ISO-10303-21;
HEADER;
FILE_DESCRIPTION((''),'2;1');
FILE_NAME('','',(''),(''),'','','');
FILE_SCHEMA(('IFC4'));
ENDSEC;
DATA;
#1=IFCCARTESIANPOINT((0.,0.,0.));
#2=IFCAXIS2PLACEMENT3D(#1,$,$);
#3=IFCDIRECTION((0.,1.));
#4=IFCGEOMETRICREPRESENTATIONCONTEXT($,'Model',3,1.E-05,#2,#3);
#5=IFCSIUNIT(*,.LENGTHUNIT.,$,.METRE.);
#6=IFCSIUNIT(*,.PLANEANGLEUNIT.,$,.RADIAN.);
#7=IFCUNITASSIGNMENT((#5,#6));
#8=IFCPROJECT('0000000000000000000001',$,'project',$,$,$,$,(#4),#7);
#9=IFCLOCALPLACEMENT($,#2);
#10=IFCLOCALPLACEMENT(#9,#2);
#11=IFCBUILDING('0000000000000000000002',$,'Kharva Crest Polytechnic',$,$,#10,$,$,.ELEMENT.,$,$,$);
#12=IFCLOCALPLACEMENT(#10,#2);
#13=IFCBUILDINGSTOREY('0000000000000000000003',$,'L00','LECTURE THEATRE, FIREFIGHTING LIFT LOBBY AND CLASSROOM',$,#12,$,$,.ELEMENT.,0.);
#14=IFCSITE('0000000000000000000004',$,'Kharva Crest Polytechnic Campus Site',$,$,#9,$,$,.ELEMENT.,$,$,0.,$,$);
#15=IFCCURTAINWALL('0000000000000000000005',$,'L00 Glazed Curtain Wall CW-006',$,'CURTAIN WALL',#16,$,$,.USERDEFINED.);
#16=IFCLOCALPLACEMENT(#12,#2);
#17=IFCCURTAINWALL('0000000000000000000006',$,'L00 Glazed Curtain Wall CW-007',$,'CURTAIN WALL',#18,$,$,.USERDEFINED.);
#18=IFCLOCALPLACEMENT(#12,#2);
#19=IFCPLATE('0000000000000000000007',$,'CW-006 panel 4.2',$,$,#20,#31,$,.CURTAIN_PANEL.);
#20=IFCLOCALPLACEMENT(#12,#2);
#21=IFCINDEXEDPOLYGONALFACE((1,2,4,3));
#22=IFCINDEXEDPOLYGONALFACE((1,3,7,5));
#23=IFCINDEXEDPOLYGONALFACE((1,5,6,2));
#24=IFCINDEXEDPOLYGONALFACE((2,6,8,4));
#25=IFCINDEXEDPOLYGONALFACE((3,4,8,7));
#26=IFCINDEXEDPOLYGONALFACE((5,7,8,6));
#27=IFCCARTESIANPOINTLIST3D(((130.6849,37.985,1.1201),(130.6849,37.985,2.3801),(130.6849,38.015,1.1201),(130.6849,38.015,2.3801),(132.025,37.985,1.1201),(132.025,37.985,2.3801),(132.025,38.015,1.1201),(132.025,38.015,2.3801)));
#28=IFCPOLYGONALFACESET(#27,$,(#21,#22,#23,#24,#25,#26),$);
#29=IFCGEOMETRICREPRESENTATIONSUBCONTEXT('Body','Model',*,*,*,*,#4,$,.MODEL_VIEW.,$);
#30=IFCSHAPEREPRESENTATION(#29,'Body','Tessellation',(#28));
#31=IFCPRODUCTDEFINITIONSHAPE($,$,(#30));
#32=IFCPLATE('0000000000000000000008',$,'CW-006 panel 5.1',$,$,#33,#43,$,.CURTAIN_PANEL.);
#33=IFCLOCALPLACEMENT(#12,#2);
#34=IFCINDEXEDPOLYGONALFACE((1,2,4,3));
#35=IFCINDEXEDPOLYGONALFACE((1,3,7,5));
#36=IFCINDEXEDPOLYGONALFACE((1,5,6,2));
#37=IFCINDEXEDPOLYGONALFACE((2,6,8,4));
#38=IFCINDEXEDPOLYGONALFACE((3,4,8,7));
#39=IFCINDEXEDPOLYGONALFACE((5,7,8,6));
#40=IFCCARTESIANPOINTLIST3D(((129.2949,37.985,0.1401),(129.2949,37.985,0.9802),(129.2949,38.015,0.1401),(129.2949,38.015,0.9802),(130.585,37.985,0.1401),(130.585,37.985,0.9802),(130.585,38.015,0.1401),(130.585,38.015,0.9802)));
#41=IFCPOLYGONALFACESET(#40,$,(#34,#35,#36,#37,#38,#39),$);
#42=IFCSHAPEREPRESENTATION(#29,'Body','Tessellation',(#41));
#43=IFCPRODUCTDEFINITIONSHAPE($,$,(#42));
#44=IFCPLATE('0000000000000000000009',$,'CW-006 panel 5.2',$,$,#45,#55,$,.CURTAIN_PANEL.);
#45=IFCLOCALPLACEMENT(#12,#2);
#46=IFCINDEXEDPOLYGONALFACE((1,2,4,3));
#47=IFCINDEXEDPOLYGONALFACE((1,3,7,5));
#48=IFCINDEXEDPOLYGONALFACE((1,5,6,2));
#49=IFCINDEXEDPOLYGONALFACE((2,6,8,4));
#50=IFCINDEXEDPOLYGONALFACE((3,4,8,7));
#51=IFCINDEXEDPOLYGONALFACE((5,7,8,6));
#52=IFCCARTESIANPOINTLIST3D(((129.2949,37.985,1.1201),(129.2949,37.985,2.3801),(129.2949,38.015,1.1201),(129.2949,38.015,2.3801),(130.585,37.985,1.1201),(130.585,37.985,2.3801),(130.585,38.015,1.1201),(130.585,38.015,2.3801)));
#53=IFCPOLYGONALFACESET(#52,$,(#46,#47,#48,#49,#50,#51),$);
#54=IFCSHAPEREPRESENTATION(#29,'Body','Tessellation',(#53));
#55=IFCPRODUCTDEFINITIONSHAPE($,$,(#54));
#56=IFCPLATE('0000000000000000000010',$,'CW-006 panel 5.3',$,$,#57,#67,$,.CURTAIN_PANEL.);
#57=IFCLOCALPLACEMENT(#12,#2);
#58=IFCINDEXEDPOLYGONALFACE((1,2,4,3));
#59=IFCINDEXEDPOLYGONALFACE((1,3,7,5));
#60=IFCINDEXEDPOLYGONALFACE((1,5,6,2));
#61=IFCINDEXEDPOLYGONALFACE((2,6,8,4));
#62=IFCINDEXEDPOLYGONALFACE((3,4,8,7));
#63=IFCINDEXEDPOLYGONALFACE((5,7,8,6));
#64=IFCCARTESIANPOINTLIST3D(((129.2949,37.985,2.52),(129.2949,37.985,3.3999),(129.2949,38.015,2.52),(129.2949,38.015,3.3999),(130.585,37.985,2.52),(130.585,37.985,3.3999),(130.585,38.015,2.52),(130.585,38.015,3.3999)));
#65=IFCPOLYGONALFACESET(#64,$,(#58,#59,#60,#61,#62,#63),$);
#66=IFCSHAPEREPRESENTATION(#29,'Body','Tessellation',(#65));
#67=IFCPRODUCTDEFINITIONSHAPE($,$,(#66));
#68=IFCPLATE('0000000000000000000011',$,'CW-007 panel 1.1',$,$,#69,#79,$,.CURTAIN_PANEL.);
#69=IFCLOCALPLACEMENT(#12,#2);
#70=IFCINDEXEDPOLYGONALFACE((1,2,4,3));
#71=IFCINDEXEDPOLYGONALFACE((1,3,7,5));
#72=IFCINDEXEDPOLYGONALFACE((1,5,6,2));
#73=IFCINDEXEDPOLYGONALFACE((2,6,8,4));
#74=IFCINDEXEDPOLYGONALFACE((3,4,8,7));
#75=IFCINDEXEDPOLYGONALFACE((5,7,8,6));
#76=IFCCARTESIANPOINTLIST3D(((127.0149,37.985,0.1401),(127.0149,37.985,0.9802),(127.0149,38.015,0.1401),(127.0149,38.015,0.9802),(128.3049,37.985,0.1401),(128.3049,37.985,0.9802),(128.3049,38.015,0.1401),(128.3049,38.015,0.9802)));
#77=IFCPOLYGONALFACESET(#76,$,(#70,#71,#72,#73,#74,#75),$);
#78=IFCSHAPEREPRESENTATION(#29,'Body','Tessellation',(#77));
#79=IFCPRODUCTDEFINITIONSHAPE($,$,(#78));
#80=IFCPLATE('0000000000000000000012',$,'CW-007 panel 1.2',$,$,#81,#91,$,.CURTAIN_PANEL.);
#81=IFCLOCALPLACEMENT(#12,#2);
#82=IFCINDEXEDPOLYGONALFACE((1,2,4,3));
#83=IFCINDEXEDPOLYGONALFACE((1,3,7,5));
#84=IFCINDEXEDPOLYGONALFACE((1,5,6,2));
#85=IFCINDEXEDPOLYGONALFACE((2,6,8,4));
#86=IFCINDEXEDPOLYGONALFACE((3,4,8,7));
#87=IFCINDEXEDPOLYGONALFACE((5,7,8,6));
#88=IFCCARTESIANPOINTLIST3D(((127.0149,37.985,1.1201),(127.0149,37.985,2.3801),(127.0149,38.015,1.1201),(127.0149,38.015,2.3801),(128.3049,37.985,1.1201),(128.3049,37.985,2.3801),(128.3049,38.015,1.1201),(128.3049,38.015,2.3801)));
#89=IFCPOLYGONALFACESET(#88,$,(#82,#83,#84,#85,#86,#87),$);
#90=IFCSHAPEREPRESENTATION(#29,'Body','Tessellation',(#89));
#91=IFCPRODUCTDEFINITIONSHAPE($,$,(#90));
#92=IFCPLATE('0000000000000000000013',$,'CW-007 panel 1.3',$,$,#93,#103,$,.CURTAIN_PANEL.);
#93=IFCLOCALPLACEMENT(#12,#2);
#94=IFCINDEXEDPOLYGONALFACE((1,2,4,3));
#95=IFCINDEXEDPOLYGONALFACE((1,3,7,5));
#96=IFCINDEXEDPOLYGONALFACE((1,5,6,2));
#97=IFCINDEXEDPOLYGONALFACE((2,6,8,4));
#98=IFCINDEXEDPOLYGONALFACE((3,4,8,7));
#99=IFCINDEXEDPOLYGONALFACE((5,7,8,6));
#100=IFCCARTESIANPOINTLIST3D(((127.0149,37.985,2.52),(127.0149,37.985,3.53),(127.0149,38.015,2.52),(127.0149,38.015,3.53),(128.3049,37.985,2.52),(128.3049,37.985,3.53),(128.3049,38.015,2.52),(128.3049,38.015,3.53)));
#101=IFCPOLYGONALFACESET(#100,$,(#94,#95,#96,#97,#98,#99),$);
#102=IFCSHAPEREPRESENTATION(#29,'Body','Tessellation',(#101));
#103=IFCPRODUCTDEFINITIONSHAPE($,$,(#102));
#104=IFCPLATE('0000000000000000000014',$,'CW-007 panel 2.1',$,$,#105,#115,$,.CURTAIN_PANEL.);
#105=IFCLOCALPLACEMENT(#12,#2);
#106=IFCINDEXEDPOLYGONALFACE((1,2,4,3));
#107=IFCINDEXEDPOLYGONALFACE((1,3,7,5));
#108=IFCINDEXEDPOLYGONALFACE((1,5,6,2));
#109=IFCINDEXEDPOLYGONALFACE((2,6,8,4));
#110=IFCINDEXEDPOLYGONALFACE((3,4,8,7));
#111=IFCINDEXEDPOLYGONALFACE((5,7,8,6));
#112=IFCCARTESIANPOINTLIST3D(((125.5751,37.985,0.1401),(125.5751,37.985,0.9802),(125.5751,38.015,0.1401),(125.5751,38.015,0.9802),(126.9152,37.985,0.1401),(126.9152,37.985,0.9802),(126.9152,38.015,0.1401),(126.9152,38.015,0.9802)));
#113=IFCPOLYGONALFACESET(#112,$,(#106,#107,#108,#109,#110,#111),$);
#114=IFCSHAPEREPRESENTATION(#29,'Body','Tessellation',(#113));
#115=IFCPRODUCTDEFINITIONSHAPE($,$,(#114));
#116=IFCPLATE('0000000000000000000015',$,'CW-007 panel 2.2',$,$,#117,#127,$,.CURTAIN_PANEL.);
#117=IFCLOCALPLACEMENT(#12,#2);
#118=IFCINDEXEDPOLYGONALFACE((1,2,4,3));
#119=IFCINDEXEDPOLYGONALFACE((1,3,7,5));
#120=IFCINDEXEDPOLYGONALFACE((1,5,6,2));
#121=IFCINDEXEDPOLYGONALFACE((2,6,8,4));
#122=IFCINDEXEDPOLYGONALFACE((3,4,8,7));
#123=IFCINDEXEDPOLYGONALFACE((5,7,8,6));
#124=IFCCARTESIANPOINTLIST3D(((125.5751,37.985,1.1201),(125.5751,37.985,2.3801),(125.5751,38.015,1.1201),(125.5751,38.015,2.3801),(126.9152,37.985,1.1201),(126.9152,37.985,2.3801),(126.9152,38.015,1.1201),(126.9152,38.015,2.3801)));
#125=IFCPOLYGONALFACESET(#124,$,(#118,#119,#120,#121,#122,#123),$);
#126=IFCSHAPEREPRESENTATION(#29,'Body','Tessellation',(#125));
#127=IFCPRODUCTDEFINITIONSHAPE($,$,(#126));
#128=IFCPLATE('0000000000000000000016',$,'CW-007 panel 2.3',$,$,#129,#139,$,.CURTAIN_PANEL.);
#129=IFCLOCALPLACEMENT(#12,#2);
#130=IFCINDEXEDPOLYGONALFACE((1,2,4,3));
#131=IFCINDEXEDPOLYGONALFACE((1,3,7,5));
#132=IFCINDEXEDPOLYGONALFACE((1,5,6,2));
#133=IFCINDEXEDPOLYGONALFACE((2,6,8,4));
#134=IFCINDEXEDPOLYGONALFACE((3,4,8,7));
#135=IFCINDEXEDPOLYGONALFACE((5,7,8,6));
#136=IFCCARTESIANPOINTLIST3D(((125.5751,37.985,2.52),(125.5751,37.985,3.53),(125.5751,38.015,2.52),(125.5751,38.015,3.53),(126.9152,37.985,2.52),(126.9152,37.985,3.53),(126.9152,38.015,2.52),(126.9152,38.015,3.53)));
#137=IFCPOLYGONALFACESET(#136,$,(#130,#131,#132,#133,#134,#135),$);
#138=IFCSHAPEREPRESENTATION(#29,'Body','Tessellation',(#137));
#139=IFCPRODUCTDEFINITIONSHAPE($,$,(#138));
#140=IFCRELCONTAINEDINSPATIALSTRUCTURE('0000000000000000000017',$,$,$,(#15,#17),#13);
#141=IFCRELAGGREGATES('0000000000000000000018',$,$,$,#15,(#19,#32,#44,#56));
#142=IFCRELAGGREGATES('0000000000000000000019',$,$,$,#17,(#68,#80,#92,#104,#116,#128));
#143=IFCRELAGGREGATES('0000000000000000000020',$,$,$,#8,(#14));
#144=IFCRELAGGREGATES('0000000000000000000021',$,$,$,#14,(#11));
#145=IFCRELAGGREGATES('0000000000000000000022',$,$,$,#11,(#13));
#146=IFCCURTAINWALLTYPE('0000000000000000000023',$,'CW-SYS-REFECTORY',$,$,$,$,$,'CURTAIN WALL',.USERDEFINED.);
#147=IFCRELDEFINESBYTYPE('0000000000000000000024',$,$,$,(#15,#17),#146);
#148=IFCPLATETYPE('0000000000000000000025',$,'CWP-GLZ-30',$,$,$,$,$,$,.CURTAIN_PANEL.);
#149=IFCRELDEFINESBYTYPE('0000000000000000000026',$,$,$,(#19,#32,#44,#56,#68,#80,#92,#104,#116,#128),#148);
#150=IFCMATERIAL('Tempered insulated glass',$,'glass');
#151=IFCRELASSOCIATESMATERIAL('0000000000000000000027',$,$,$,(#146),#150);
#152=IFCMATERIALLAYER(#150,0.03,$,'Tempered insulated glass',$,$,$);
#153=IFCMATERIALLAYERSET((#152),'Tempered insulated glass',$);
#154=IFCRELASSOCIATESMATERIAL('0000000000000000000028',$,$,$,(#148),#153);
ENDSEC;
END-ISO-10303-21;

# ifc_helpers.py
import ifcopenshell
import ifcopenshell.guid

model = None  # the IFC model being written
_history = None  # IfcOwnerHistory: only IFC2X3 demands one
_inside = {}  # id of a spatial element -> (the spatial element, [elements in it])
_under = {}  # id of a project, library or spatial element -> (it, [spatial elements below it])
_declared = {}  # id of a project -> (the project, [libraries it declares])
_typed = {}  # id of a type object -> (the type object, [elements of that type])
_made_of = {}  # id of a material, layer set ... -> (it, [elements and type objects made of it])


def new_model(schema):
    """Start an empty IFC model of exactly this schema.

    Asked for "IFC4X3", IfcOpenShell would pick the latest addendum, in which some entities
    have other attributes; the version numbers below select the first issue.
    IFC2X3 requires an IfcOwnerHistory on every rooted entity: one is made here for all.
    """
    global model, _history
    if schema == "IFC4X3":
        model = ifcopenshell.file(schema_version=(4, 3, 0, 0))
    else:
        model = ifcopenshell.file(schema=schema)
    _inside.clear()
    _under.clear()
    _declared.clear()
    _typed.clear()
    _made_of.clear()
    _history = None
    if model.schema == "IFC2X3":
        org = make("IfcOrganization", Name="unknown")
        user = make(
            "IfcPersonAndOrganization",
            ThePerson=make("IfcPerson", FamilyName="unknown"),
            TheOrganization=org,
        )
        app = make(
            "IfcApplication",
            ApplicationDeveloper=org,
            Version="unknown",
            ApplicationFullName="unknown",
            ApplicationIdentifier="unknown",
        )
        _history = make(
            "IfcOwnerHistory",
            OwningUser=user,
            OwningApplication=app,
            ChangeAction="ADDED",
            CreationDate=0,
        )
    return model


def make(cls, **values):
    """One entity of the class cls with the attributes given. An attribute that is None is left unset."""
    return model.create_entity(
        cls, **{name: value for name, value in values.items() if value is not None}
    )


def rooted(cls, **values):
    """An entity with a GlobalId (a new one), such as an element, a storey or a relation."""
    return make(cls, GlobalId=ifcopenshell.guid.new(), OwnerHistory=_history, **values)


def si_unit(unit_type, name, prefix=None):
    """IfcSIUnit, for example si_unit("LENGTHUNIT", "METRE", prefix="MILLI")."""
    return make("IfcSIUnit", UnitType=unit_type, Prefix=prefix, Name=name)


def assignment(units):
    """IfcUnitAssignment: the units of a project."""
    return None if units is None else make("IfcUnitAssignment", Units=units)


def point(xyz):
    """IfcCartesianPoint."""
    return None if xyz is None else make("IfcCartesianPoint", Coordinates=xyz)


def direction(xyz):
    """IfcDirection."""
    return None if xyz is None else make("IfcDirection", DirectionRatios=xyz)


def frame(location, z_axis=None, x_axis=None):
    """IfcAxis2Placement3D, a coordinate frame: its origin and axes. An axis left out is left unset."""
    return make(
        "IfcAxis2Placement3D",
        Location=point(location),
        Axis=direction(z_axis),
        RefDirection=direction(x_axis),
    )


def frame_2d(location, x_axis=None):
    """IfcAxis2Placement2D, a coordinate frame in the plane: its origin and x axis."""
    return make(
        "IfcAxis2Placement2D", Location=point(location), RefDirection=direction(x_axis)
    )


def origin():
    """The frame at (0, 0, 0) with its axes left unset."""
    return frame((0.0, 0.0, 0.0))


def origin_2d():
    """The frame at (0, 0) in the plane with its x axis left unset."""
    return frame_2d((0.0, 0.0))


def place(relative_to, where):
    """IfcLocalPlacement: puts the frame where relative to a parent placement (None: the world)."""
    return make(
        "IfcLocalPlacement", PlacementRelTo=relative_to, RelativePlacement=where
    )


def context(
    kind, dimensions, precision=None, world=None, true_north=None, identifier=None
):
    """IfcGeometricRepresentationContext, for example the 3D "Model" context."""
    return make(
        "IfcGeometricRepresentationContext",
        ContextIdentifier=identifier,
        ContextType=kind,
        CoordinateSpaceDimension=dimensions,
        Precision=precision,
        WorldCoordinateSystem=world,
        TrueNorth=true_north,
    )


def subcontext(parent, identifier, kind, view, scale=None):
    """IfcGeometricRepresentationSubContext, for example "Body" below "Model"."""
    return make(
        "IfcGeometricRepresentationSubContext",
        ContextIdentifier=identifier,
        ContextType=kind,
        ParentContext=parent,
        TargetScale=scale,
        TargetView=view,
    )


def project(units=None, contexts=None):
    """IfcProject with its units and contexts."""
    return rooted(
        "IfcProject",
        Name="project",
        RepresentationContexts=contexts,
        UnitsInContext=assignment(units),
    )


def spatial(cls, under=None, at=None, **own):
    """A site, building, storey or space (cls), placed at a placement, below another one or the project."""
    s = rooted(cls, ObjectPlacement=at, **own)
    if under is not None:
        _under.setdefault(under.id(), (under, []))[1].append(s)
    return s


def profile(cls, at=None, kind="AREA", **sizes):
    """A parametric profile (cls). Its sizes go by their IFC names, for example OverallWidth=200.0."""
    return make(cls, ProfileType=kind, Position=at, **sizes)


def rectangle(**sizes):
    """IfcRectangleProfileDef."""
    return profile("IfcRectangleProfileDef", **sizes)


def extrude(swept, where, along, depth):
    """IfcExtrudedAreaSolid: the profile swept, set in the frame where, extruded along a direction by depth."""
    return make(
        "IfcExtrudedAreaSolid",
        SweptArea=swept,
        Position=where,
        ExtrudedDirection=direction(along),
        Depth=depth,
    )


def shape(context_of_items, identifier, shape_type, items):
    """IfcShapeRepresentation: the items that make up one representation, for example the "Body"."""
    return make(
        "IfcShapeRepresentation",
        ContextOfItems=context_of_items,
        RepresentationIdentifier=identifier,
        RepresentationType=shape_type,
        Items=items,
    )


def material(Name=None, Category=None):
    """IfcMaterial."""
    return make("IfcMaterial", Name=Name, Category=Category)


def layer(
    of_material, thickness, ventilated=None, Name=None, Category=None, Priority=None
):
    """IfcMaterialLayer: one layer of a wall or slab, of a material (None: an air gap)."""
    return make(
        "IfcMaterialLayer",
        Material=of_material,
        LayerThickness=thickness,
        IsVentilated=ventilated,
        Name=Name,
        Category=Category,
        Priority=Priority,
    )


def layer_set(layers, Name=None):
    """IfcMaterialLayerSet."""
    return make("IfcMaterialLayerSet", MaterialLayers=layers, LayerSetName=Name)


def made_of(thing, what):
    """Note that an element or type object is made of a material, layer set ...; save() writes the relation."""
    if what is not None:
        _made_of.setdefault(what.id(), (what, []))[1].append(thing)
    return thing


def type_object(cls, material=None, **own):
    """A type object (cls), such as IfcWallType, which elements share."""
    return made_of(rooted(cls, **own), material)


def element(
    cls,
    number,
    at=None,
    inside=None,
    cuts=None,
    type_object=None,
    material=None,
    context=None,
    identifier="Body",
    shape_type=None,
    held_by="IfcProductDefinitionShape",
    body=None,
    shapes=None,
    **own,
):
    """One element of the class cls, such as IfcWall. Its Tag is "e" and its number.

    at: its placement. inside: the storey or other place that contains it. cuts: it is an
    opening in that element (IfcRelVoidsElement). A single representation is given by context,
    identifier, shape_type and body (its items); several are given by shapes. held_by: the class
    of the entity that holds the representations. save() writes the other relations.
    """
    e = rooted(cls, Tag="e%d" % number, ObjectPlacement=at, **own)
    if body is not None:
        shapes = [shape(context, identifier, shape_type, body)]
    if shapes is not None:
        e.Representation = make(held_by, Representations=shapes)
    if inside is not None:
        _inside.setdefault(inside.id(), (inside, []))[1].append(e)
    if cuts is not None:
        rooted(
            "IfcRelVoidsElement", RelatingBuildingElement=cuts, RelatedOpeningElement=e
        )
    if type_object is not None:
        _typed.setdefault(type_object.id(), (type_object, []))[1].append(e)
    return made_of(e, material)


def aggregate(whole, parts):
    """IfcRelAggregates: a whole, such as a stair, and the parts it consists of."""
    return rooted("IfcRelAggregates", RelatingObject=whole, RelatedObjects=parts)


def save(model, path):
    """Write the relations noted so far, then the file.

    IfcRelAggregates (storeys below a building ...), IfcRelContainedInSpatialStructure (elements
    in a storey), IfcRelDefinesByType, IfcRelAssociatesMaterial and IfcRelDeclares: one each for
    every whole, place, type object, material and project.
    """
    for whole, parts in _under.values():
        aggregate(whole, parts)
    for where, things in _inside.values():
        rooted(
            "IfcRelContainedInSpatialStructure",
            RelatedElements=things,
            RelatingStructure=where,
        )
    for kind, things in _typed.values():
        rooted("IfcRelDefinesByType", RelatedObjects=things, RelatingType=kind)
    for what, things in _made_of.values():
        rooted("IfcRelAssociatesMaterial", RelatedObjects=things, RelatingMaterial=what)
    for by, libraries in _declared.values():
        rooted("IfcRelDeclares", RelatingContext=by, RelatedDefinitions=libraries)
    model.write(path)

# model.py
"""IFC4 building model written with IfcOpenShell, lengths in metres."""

from ifc_helpers import new_model, si_unit, direction, frame, origin, origin_2d, place, context, subcontext, project, spatial, rectangle, extrude, material, layer, layer_set, type_object, element, aggregate, save


model = new_model("IFC4")

# Units and contexts
model_context = context("Model", 3, precision=1e-05, world=origin(), true_north=direction((0.0, 1.0)))
body_context = subcontext(model_context, "Body", "Model", "MODEL_VIEW")
ifc_project = project(units=[si_unit("LENGTHUNIT", "METRE"), si_unit("PLANEANGLEUNIT", "RADIAN")], contexts=[model_context])

# Site, building, storey
site_placement = place(None, origin())
site = spatial("IfcSite", under=ifc_project, at=site_placement, Name="Kharva Crest Polytechnic Campus Site", CompositionType="ELEMENT", RefElevation=0.0)
building_placement = place(site_placement, origin())
building = spatial("IfcBuilding", under=site, at=building_placement, Name="Kharva Crest Polytechnic", CompositionType="ELEMENT")
storey_placement = place(building_placement, origin())
storey = spatial("IfcBuildingStorey", under=building, at=storey_placement, Name="L00", Description="LECTURE THEATRE, FIREFIGHTING LIFT LOBBY AND CLASSROOM", CompositionType="ELEMENT", Elevation=0.0)

# Curtain walls
ifc_material_1 = material(Name="Tempered insulated glass", Category="glass")
curtain_wall_type = type_object("IfcCurtainWallType", Name="CW-SYS-REFECTORY", ElementType="CURTAIN WALL", PredefinedType="USERDEFINED", material=ifc_material_1)
curtain_wall_1_placement = place(storey_placement, origin())
curtain_wall_1 = element("IfcCurtainWall", 1, at=curtain_wall_1_placement, inside=storey, type_object=curtain_wall_type, Name="L00 Glazed Curtain Wall CW-006", ObjectType="CURTAIN WALL", PredefinedType="USERDEFINED")
curtain_wall_2_placement = place(storey_placement, origin())
curtain_wall_2 = element("IfcCurtainWall", 2, at=curtain_wall_2_placement, inside=storey, type_object=curtain_wall_type, Name="L00 Glazed Curtain Wall CW-007", ObjectType="CURTAIN WALL", PredefinedType="USERDEFINED")

# Plates
ifc_layer = layer(ifc_material_1, 0.03, Name="Tempered insulated glass")
ifc_layer_set = layer_set([ifc_layer], Name="Tempered insulated glass")
plate_type = type_object("IfcPlateType", Name="CWP-GLZ-30", PredefinedType="CURTAIN_PANEL", material=ifc_layer_set)
plate_1_placement = place(storey_placement, frame((131.355, 38.0, 1.1201), z_axis=(0.0, 0.0, 1.0), x_axis=(-1.0, 0.0, 0.0)))
plate_1 = element("IfcPlate", 3, at=plate_1_placement, type_object=plate_type, Name="CW-006 panel 4.2", PredefinedType="CURTAIN_PANEL", context=body_context, shape_type="SweptSolid", body=[
    extrude(rectangle(XDim=1.3401, YDim=0.03, at=origin_2d()), origin(), (0.0, 0.0, 1.0), 1.26),
])
plate_2_placement = place(storey_placement, frame((129.9399, 38.0, 0.1401), z_axis=(0.0, 0.0, 1.0), x_axis=(-1.0, 0.0, 0.0)))
plate_2 = element("IfcPlate", 4, at=plate_2_placement, type_object=plate_type, Name="CW-006 panel 5.1", PredefinedType="CURTAIN_PANEL", context=body_context, shape_type="SweptSolid", body=[
    extrude(rectangle(XDim=1.29, YDim=0.03, at=origin_2d()), origin(), (0.0, 0.0, 1.0), 0.8401),
])
plate_3_placement = place(storey_placement, frame((129.9399, 38.0, 1.1201), z_axis=(0.0, 0.0, 1.0), x_axis=(-1.0, 0.0, 0.0)))
plate_3 = element("IfcPlate", 5, at=plate_3_placement, type_object=plate_type, Name="CW-006 panel 5.2", PredefinedType="CURTAIN_PANEL", context=body_context, shape_type="SweptSolid", body=[
    extrude(rectangle(XDim=1.29, YDim=0.03, at=origin_2d()), origin(), (0.0, 0.0, 1.0), 1.26),
])
plate_4_placement = place(storey_placement, frame((129.9399, 38.0, 2.52), z_axis=(0.0, 0.0, 1.0), x_axis=(-1.0, 0.0, 0.0)))
plate_4 = element("IfcPlate", 6, at=plate_4_placement, type_object=plate_type, Name="CW-006 panel 5.3", PredefinedType="CURTAIN_PANEL", context=body_context, shape_type="SweptSolid", body=[
    extrude(rectangle(XDim=1.29, YDim=0.03, at=origin_2d()), origin(), (0.0, 0.0, 1.0), 0.8799),
])
aggregate(curtain_wall_1, [plate_1, plate_2, plate_3, plate_4])
plate_5_placement = place(storey_placement, frame((127.6599, 38.0, 0.1401), z_axis=(0.0, 0.0, 1.0), x_axis=(-1.0, 0.0, 0.0)))
plate_5 = element("IfcPlate", 7, at=plate_5_placement, type_object=plate_type, Name="CW-007 panel 1.1", PredefinedType="CURTAIN_PANEL", context=body_context, shape_type="SweptSolid", body=[
    extrude(rectangle(XDim=1.29, YDim=0.03, at=origin_2d()), origin(), (0.0, 0.0, 1.0), 0.8401),
])
plate_6_placement = place(storey_placement, frame((127.6599, 38.0, 1.1201), z_axis=(0.0, 0.0, 1.0), x_axis=(-1.0, 0.0, 0.0)))
plate_6 = element("IfcPlate", 8, at=plate_6_placement, type_object=plate_type, Name="CW-007 panel 1.2", PredefinedType="CURTAIN_PANEL", context=body_context, shape_type="SweptSolid", body=[
    extrude(rectangle(XDim=1.29, YDim=0.03, at=origin_2d()), origin(), (0.0, 0.0, 1.0), 1.26),
])
plate_7_placement = place(storey_placement, frame((127.6599, 38.0, 2.52), z_axis=(0.0, 0.0, 1.0), x_axis=(-1.0, 0.0, 0.0)))
plate_7 = element("IfcPlate", 9, at=plate_7_placement, type_object=plate_type, Name="CW-007 panel 1.3", PredefinedType="CURTAIN_PANEL", context=body_context, shape_type="SweptSolid", body=[
    extrude(rectangle(XDim=1.29, YDim=0.03, at=origin_2d()), origin(), (0.0, 0.0, 1.0), 1.01),
])
plate_8_placement = place(storey_placement, frame((126.2451, 38.0, 0.1401), z_axis=(0.0, 0.0, 1.0), x_axis=(-1.0, 0.0, 0.0)))
plate_8 = element("IfcPlate", 10, at=plate_8_placement, type_object=plate_type, Name="CW-007 panel 2.1", PredefinedType="CURTAIN_PANEL", context=body_context, shape_type="SweptSolid", body=[
    extrude(rectangle(XDim=1.3401, YDim=0.03, at=origin_2d()), origin(), (0.0, 0.0, 1.0), 0.8401),
])
plate_9_placement = place(storey_placement, frame((126.2451, 38.0, 1.1201), z_axis=(0.0, 0.0, 1.0), x_axis=(-1.0, 0.0, 0.0)))
plate_9 = element("IfcPlate", 11, at=plate_9_placement, type_object=plate_type, Name="CW-007 panel 2.2", PredefinedType="CURTAIN_PANEL", context=body_context, shape_type="SweptSolid", body=[
    extrude(rectangle(XDim=1.3401, YDim=0.03, at=origin_2d()), origin(), (0.0, 0.0, 1.0), 1.26),
])
plate_10_placement = place(storey_placement, frame((126.2451, 38.0, 2.52), z_axis=(0.0, 0.0, 1.0), x_axis=(-1.0, 0.0, 0.0)))
plate_10 = element("IfcPlate", 12, at=plate_10_placement, type_object=plate_type, Name="CW-007 panel 2.3", PredefinedType="CURTAIN_PANEL", context=body_context, shape_type="SweptSolid", body=[
    extrude(rectangle(XDim=1.3401, YDim=0.03, at=origin_2d()), origin(), (0.0, 0.0, 1.0), 1.01),
])
aggregate(curtain_wall_2, [plate_5, plate_6, plate_7, plate_8, plate_9, plate_10])

save(model, "model.ifc")
